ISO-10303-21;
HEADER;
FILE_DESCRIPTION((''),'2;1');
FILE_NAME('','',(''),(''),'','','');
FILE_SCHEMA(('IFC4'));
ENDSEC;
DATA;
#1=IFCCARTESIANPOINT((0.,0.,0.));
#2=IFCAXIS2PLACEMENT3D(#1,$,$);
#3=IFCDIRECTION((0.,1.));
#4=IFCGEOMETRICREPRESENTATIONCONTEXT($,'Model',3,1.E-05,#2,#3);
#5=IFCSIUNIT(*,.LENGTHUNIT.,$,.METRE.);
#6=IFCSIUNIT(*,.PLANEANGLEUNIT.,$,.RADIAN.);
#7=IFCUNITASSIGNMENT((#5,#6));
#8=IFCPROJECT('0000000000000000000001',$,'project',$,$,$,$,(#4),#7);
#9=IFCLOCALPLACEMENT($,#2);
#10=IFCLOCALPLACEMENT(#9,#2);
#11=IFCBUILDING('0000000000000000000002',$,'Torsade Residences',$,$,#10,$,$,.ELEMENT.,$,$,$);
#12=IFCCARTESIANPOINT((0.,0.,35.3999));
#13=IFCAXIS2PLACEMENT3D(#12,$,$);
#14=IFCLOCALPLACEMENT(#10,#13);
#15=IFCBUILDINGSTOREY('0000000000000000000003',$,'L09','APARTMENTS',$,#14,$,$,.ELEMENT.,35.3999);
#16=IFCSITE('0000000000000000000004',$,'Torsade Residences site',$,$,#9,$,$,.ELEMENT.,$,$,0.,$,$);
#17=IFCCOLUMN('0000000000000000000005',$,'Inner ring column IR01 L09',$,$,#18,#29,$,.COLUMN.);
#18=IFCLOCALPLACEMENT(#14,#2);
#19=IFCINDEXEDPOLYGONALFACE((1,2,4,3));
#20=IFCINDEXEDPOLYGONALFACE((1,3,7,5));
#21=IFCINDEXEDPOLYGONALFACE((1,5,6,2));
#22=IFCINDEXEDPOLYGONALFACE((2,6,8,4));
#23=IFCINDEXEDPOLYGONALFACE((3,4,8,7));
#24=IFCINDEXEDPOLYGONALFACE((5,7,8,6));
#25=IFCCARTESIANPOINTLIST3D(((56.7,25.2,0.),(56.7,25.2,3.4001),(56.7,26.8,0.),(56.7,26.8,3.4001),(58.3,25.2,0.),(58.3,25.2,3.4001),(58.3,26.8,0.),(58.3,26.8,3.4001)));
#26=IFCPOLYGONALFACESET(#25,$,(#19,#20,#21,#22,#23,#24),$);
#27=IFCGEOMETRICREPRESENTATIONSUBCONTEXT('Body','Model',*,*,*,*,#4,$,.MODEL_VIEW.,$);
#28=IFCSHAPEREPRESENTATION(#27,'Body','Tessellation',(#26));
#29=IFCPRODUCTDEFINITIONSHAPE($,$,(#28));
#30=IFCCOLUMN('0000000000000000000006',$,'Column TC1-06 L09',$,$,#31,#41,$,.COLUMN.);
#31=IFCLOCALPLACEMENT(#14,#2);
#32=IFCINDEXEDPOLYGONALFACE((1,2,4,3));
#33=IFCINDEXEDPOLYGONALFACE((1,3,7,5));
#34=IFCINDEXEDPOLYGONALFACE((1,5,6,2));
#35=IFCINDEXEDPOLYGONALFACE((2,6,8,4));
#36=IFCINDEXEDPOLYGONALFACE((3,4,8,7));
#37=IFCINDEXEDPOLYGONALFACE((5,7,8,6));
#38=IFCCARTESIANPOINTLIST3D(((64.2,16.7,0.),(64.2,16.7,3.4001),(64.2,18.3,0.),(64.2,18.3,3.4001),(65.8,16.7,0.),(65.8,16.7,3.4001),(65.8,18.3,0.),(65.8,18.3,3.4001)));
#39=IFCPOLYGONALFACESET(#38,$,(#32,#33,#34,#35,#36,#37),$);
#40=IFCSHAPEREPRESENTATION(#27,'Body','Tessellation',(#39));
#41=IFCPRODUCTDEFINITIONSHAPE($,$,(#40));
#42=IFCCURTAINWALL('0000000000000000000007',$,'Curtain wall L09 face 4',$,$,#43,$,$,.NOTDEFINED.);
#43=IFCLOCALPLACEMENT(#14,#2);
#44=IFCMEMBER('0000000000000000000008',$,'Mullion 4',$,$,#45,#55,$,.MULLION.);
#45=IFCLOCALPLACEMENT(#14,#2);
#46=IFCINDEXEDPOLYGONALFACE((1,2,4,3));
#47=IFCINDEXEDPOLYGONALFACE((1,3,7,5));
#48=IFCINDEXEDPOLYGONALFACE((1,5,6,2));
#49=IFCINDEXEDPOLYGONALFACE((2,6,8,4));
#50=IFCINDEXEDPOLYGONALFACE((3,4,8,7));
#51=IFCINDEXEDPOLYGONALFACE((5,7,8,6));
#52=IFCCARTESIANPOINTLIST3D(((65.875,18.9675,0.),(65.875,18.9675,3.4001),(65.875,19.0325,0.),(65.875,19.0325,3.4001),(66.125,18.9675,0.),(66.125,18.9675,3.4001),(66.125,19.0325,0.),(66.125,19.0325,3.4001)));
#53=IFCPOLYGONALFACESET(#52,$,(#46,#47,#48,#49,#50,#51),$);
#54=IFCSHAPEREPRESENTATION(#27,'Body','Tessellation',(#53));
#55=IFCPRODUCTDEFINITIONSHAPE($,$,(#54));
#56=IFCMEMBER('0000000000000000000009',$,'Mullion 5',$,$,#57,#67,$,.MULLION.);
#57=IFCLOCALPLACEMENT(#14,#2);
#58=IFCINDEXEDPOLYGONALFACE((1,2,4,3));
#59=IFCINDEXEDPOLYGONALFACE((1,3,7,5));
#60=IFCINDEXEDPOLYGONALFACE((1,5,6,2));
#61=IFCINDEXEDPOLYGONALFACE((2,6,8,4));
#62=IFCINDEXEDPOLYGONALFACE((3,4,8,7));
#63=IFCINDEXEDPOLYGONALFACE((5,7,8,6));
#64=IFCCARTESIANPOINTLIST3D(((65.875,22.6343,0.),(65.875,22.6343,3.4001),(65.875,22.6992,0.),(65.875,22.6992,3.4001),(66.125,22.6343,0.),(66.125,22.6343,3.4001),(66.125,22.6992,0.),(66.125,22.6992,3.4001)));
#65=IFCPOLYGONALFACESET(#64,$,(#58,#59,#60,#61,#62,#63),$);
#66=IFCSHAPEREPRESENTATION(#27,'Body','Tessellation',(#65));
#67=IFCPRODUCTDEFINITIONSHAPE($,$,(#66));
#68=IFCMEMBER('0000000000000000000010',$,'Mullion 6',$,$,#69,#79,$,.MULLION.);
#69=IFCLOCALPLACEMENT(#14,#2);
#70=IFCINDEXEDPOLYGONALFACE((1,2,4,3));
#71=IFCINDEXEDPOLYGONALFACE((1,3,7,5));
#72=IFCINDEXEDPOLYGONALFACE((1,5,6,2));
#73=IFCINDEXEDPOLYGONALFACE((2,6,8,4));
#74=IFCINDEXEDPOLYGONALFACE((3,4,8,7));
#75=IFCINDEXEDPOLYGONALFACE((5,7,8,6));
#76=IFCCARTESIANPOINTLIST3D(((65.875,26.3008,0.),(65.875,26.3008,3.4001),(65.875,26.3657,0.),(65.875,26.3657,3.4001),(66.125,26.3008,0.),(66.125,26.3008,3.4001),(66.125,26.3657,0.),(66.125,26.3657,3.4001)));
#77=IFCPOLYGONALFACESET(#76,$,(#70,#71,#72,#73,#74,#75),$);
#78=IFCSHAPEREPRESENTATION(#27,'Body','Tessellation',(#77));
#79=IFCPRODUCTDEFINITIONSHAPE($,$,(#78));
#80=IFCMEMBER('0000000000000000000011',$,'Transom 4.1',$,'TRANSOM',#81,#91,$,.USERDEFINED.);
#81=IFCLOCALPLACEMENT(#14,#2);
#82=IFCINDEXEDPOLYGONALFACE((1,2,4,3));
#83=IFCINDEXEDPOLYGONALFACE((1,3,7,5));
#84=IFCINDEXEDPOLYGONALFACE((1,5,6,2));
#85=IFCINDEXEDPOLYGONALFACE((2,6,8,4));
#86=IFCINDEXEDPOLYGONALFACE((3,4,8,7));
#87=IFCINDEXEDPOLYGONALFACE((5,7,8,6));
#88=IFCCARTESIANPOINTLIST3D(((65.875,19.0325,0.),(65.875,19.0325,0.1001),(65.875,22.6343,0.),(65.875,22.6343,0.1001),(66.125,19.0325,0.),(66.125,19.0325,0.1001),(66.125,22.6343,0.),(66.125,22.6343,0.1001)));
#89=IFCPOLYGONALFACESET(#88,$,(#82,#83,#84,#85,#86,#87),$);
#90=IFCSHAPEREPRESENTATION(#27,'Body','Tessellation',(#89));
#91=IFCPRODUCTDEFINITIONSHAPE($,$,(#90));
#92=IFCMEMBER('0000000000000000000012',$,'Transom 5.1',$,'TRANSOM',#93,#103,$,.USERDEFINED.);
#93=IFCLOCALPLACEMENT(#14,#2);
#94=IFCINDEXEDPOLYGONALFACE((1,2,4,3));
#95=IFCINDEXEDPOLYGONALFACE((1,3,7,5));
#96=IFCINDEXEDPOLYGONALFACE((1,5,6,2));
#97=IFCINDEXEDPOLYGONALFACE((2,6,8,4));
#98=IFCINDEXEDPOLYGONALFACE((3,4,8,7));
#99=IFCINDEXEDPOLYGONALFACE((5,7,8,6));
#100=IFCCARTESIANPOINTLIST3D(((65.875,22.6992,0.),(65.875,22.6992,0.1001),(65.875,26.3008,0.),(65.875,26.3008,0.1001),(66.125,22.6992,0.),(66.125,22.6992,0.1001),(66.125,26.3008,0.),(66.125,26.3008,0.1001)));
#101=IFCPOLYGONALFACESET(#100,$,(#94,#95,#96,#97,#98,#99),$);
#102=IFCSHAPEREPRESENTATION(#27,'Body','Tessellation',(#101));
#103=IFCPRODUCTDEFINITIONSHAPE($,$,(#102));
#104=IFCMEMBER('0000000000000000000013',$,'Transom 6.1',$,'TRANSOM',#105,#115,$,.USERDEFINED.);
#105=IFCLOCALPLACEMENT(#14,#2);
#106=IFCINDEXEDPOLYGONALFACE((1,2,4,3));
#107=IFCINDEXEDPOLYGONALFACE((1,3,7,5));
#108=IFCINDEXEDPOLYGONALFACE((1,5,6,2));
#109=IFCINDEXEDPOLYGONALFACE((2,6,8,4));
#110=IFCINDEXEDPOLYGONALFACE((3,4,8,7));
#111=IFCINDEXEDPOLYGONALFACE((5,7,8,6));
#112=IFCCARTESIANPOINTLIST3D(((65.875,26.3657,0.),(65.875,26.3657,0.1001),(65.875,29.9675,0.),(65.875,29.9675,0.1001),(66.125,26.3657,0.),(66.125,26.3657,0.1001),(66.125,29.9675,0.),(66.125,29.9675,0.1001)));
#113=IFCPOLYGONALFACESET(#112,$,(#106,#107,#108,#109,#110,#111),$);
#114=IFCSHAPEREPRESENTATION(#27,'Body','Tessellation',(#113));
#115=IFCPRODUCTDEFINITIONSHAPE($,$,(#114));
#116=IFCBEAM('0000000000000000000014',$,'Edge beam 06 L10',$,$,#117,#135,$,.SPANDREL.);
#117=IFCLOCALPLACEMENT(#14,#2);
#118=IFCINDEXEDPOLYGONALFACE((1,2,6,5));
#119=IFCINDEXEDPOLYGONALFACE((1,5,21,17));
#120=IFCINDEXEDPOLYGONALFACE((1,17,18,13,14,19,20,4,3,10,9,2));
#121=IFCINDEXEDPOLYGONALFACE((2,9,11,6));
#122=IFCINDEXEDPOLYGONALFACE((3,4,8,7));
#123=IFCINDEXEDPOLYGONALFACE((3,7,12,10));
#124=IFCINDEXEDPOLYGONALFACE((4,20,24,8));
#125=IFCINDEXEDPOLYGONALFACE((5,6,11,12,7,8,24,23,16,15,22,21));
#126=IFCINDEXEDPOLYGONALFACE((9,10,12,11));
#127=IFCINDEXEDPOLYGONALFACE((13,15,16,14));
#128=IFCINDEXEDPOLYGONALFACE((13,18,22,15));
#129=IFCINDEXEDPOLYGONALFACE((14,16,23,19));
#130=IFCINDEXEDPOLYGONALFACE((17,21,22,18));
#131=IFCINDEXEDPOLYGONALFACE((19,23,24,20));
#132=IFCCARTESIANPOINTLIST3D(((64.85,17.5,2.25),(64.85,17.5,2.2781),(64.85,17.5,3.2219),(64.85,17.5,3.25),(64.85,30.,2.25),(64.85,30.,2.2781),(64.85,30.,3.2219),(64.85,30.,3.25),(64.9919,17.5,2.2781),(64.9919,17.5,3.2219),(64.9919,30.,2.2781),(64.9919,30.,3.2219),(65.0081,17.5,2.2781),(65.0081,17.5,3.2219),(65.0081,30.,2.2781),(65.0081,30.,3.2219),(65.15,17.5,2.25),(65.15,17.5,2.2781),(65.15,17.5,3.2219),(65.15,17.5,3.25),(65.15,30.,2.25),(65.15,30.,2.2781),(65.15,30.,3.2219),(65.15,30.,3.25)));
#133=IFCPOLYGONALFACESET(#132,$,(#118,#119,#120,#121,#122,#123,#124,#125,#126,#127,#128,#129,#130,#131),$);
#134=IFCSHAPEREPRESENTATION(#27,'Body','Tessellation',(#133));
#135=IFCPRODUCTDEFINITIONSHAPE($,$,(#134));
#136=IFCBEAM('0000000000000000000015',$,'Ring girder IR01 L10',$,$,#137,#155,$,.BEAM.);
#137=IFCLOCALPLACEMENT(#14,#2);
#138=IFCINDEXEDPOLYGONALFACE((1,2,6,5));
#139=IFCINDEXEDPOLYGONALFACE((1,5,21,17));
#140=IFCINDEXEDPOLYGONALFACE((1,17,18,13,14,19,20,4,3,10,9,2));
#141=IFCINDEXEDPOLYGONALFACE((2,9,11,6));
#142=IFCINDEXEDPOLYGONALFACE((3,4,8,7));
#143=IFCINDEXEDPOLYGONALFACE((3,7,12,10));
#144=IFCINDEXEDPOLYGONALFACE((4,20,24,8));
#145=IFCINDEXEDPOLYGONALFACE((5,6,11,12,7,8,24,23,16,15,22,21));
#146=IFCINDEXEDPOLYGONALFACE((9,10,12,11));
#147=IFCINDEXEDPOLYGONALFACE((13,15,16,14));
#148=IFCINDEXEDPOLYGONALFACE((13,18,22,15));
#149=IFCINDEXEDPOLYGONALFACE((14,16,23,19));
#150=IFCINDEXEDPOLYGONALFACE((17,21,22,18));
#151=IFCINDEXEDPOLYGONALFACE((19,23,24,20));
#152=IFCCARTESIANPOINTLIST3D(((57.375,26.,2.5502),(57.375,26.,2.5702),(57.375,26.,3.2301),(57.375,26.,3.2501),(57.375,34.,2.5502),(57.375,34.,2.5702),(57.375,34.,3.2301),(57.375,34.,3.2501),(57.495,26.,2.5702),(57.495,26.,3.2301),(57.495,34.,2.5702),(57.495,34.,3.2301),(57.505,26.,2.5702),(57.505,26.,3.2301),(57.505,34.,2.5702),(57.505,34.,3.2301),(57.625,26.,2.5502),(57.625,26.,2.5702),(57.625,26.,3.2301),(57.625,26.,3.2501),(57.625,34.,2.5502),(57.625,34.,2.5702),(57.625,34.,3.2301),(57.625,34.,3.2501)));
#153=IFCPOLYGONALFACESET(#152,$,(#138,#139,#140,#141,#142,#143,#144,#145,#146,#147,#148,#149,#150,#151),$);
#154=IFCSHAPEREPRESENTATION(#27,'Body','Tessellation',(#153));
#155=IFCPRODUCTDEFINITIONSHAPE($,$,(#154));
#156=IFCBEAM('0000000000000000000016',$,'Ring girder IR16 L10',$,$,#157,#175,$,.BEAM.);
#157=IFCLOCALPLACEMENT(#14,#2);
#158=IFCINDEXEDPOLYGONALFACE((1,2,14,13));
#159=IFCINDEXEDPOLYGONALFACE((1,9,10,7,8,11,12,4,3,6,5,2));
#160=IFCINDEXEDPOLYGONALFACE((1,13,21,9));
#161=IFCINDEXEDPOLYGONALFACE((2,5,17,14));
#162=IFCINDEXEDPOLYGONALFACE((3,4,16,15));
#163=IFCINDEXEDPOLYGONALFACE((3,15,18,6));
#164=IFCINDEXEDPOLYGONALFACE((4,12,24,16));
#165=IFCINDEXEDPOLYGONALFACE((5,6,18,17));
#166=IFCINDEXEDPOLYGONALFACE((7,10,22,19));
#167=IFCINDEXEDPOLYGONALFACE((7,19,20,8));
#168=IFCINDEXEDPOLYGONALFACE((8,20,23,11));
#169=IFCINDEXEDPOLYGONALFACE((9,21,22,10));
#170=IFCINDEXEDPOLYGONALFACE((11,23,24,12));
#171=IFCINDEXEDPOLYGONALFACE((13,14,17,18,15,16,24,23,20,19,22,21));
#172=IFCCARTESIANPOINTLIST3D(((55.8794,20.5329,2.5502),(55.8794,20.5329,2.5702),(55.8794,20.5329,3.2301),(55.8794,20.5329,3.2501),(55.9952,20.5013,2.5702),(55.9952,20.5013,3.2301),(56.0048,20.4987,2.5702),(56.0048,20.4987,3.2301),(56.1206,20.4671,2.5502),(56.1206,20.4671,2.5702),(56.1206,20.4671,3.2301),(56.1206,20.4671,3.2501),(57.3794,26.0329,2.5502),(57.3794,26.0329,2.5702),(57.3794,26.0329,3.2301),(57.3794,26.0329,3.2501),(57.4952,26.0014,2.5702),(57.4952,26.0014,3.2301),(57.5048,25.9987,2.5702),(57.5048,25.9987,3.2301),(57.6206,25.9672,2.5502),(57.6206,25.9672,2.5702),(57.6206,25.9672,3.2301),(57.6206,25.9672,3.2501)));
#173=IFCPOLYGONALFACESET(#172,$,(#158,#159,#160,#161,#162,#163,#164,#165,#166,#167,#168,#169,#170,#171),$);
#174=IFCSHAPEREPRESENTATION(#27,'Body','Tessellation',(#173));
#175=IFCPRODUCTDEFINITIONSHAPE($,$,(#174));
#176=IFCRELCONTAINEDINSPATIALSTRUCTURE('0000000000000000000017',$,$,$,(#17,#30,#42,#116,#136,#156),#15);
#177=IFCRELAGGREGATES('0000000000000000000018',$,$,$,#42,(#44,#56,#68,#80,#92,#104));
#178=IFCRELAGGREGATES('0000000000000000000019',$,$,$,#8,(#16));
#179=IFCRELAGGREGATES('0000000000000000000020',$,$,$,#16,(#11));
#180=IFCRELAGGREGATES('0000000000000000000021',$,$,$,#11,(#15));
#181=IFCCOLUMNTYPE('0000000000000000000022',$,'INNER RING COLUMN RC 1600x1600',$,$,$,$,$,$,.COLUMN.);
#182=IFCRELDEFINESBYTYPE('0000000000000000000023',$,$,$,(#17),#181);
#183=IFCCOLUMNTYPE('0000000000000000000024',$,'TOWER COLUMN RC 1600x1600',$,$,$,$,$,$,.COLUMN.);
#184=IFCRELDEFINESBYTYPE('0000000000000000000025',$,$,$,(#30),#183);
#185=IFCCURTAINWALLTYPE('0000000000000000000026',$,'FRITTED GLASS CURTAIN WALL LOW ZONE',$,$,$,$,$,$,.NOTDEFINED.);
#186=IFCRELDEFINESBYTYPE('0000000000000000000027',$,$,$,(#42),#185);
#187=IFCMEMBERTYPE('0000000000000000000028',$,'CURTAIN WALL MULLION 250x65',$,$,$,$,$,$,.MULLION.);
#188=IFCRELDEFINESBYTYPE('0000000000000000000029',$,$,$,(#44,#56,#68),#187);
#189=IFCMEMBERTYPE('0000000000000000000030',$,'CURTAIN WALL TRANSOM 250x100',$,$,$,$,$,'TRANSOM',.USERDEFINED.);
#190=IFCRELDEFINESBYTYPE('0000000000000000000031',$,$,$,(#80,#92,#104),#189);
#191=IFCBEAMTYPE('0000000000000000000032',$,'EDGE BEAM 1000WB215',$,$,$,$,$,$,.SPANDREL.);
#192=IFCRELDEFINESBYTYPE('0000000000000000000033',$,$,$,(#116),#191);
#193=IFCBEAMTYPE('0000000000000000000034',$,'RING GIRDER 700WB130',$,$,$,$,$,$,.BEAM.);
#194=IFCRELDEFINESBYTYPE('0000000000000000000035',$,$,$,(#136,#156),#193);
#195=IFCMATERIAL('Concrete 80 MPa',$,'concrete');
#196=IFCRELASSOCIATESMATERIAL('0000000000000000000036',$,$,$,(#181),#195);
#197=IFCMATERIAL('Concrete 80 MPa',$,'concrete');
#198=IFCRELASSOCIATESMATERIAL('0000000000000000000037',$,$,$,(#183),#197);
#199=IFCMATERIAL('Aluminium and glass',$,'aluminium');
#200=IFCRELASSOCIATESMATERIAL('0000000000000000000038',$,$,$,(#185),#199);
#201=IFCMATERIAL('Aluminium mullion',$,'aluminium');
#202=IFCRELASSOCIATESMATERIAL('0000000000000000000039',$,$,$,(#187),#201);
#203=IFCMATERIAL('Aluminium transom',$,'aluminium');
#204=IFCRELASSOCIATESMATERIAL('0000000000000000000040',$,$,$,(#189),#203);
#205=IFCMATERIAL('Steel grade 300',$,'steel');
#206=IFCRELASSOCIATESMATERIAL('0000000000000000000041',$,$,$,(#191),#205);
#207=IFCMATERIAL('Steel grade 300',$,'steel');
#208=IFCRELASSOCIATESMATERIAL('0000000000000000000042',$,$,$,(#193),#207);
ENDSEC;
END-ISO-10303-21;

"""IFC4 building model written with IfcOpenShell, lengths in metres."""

from ifc_helpers import new_model, si_unit, direction, frame, origin, origin_2d, place, context, subcontext, project, spatial, rectangle, i_section, extrude, material, material_profile, profile_set, type_object, element, aggregate, save


model = new_model("IFC4")

# Units and contexts
model_context = context("Model", 3, precision=1e-05, world=origin(), true_north=direction((0.0, 1.0)))
body_context = subcontext(model_context, "Body", "Model", "MODEL_VIEW")
ifc_project = project(units=[si_unit("LENGTHUNIT", "METRE"), si_unit("PLANEANGLEUNIT", "RADIAN")], contexts=[model_context])

# Site, building, storey
site_placement = place(None, origin())
site = spatial("IfcSite", under=ifc_project, at=site_placement, Name="Torsade Residences site", CompositionType="ELEMENT", RefElevation=0.0)
building_placement = place(site_placement, origin())
building = spatial("IfcBuilding", under=site, at=building_placement, Name="Torsade Residences", CompositionType="ELEMENT")
storey_placement = place(building_placement, frame((0.0, 0.0, 35.3999)))
storey = spatial("IfcBuildingStorey", under=building, at=storey_placement, Name="L09", Description="APARTMENTS", CompositionType="ELEMENT", Elevation=35.3999)

# Columns
ifc_material_1 = material(Name="Concrete 80 MPa", Category="concrete")
ifc_material_profile_1 = material_profile(ifc_material_1, rectangle(XDim=1.6001, YDim=1.6001, at=origin_2d()), Name="RC 1600x1600")
ifc_profile_set_1 = profile_set([ifc_material_profile_1], Name="Concrete 80 MPa")
column_type_1 = type_object("IfcColumnType", Name="INNER RING COLUMN RC 1600x1600", PredefinedType="COLUMN", material=ifc_profile_set_1)
column_1_placement = place(storey_placement, frame((57.5, 26.0, 0.0), z_axis=(0.0, 0.0, 1.0), x_axis=(1.0, 0.0, 0.0)))
element("IfcColumn", 1, at=column_1_placement, inside=storey, type_object=column_type_1, Name="Inner ring column IR01 L09", PredefinedType="COLUMN", context=body_context, shape_type="SweptSolid", body=[
    extrude(rectangle(XDim=1.6001, YDim=1.6001, at=origin_2d()), origin(), (0.0, 0.0, 1.0), 3.4001),
])
ifc_material_2 = material(Name="Concrete 80 MPa", Category="concrete")
ifc_material_profile_2 = material_profile(ifc_material_2, rectangle(XDim=1.6001, YDim=1.6001, at=origin_2d()), Name="RC 1600x1600")
ifc_profile_set_2 = profile_set([ifc_material_profile_2], Name="Concrete 80 MPa")
column_type_2 = type_object("IfcColumnType", Name="TOWER COLUMN RC 1600x1600", PredefinedType="COLUMN", material=ifc_profile_set_2)
column_2_placement = place(storey_placement, frame((65.0, 17.5, 0.0), z_axis=(0.0, 0.0, 1.0), x_axis=(1.0, 0.0, 0.0)))
element("IfcColumn", 2, at=column_2_placement, inside=storey, type_object=column_type_2, Name="Column TC1-06 L09", PredefinedType="COLUMN", context=body_context, shape_type="SweptSolid", body=[
    extrude(rectangle(XDim=1.6001, YDim=1.6001, at=origin_2d()), origin(), (0.0, 0.0, 1.0), 3.4001),
])

# Curtain wall, members
ifc_material_3 = material(Name="Aluminium and glass", Category="aluminium")
curtain_wall_type = type_object("IfcCurtainWallType", Name="FRITTED GLASS CURTAIN WALL LOW ZONE", PredefinedType="NOTDEFINED", material=ifc_material_3)
curtain_wall_placement = place(storey_placement, origin())
curtain_wall = element("IfcCurtainWall", 3, at=curtain_wall_placement, inside=storey, type_object=curtain_wall_type, Name="Curtain wall L09 face 4", PredefinedType="NOTDEFINED")
ifc_material_4 = material(Name="Aluminium mullion", Category="aluminium")
ifc_material_profile_3 = material_profile(ifc_material_4, rectangle(XDim=0.25, YDim=0.0649, at=origin_2d()), Name="CURTAIN WALL MULLION 250x65")
ifc_profile_set_3 = profile_set([ifc_material_profile_3], Name="Aluminium mullion")
member_type_1 = type_object("IfcMemberType", Name="CURTAIN WALL MULLION 250x65", PredefinedType="MULLION", material=ifc_profile_set_3)
member_1_placement = place(storey_placement, frame((66.0, 19.0, 0.0), z_axis=(0.0, 0.0, 1.0), x_axis=(-1.0, 0.0, 0.0)))
member_1 = element("IfcMember", 4, at=member_1_placement, type_object=member_type_1, Name="Mullion 4", PredefinedType="MULLION", context=body_context, shape_type="SweptSolid", body=[
    extrude(rectangle(XDim=0.25, YDim=0.0649, at=origin_2d()), origin(), (0.0, 0.0, 1.0), 3.4001),
])
member_2_placement = place(storey_placement, frame((66.0, 22.6667, 0.0), z_axis=(0.0, 0.0, 1.0), x_axis=(-1.0, 0.0, 0.0)))
member_2 = element("IfcMember", 5, at=member_2_placement, type_object=member_type_1, Name="Mullion 5", PredefinedType="MULLION", context=body_context, shape_type="SweptSolid", body=[
    extrude(rectangle(XDim=0.25, YDim=0.0649, at=origin_2d()), origin(), (0.0, 0.0, 1.0), 3.4001),
])
member_3_placement = place(storey_placement, frame((66.0, 26.3333, 0.0), z_axis=(0.0, 0.0, 1.0), x_axis=(-1.0, 0.0, 0.0)))
member_3 = element("IfcMember", 6, at=member_3_placement, type_object=member_type_1, Name="Mullion 6", PredefinedType="MULLION", context=body_context, shape_type="SweptSolid", body=[
    extrude(rectangle(XDim=0.25, YDim=0.0649, at=origin_2d()), origin(), (0.0, 0.0, 1.0), 3.4001),
])
ifc_material_5 = material(Name="Aluminium transom", Category="aluminium")
ifc_material_profile_4 = material_profile(ifc_material_5, rectangle(XDim=0.25, YDim=0.1001, at=origin_2d()), Name="CURTAIN WALL TRANSOM 250x100")
ifc_profile_set_4 = profile_set([ifc_material_profile_4], Name="Aluminium transom")
member_type_2 = type_object("IfcMemberType", Name="CURTAIN WALL TRANSOM 250x100", ElementType="TRANSOM", PredefinedType="USERDEFINED", material=ifc_profile_set_4)
member_4_placement = place(storey_placement, frame((66.0, 19.0325, 0.05), z_axis=(0.0, 1.0, 0.0), x_axis=(-1.0, 0.0, 0.0)))
member_4 = element("IfcMember", 7, at=member_4_placement, type_object=member_type_2, Name="Transom 4.1", ObjectType="TRANSOM", PredefinedType="USERDEFINED", context=body_context, shape_type="SweptSolid", body=[
    extrude(rectangle(XDim=0.25, YDim=0.1001, at=origin_2d()), origin(), (0.0, 0.0, 1.0), 3.6018),
])
member_5_placement = place(storey_placement, frame((66.0, 22.6992, 0.05), z_axis=(0.0, 1.0, 0.0), x_axis=(-1.0, 0.0, 0.0)))
member_5 = element("IfcMember", 8, at=member_5_placement, type_object=member_type_2, Name="Transom 5.1", ObjectType="TRANSOM", PredefinedType="USERDEFINED", context=body_context, shape_type="SweptSolid", body=[
    extrude(rectangle(XDim=0.25, YDim=0.1001, at=origin_2d()), origin(), (0.0, 0.0, 1.0), 3.6016),
])
member_6_placement = place(storey_placement, frame((66.0, 26.3657, 0.05), z_axis=(0.0, 1.0, 0.0), x_axis=(-1.0, 0.0, 0.0)))
member_6 = element("IfcMember", 9, at=member_6_placement, type_object=member_type_2, Name="Transom 6.1", ObjectType="TRANSOM", PredefinedType="USERDEFINED", context=body_context, shape_type="SweptSolid", body=[
    extrude(rectangle(XDim=0.25, YDim=0.1001, at=origin_2d()), origin(), (0.0, 0.0, 1.0), 3.6018),
])

# Beams
ifc_material_6 = material(Name="Steel grade 300", Category="steel")
ifc_material_profile_5 = material_profile(ifc_material_6, i_section(OverallWidth=0.3, OverallDepth=1.0, WebThickness=0.0161, FlangeThickness=0.0281, at=origin_2d()), Name="1000WB215")
ifc_profile_set_5 = profile_set([ifc_material_profile_5], Name="Steel grade 300")
beam_type_1 = type_object("IfcBeamType", Name="EDGE BEAM 1000WB215", PredefinedType="SPANDREL", material=ifc_profile_set_5)
beam_1_placement = place(storey_placement, frame((65.0, 17.5, 2.75), z_axis=(0.0, 1.0, 0.0), x_axis=(-1.0, 0.0, 0.0)))
element("IfcBeam", 10, at=beam_1_placement, inside=storey, type_object=beam_type_1, Name="Edge beam 06 L10", PredefinedType="SPANDREL", context=body_context, shape_type="SweptSolid", body=[
    extrude(i_section(OverallWidth=0.3, OverallDepth=1.0, WebThickness=0.0161, FlangeThickness=0.0281, at=origin_2d()), origin(), (0.0, 0.0, 1.0), 12.5),
])
ifc_material_7 = material(Name="Steel grade 300", Category="steel")
ifc_material_profile_6 = material_profile(ifc_material_7, i_section(OverallWidth=0.25, OverallDepth=0.7, WebThickness=0.01, FlangeThickness=0.02, at=origin_2d()), Name="700WB130")
ifc_profile_set_6 = profile_set([ifc_material_profile_6], Name="Steel grade 300")
beam_type_2 = type_object("IfcBeamType", Name="RING GIRDER 700WB130", PredefinedType="BEAM", material=ifc_profile_set_6)
beam_2_placement = place(storey_placement, frame((57.5, 26.0, 2.9001), z_axis=(0.0, 1.0, 0.0), x_axis=(-1.0, 0.0, 0.0)))
element("IfcBeam", 11, at=beam_2_placement, inside=storey, type_object=beam_type_2, Name="Ring girder IR01 L10", PredefinedType="BEAM", context=body_context, shape_type="SweptSolid", body=[
    extrude(i_section(OverallWidth=0.25, OverallDepth=0.7, WebThickness=0.01, FlangeThickness=0.02, at=origin_2d()), origin(), (0.0, 0.0, 1.0), 8.0),
])
beam_3_placement = place(storey_placement, frame((56.0, 20.5, 2.9001), z_axis=(0.263117, 0.964764, 0.0), x_axis=(-0.964764, 0.263117, 0.0)))
element("IfcBeam", 12, at=beam_3_placement, inside=storey, type_object=beam_type_2, Name="Ring girder IR16 L10", PredefinedType="BEAM", context=body_context, shape_type="SweptSolid", body=[
    extrude(i_section(OverallWidth=0.25, OverallDepth=0.7, WebThickness=0.01, FlangeThickness=0.02, at=origin_2d()), origin(), (0.0, 0.0, 1.0), 5.7009),
])

aggregate(curtain_wall, [member_1, member_2, member_3, member_4, member_5, member_6])

save(model, "model.ifc")
